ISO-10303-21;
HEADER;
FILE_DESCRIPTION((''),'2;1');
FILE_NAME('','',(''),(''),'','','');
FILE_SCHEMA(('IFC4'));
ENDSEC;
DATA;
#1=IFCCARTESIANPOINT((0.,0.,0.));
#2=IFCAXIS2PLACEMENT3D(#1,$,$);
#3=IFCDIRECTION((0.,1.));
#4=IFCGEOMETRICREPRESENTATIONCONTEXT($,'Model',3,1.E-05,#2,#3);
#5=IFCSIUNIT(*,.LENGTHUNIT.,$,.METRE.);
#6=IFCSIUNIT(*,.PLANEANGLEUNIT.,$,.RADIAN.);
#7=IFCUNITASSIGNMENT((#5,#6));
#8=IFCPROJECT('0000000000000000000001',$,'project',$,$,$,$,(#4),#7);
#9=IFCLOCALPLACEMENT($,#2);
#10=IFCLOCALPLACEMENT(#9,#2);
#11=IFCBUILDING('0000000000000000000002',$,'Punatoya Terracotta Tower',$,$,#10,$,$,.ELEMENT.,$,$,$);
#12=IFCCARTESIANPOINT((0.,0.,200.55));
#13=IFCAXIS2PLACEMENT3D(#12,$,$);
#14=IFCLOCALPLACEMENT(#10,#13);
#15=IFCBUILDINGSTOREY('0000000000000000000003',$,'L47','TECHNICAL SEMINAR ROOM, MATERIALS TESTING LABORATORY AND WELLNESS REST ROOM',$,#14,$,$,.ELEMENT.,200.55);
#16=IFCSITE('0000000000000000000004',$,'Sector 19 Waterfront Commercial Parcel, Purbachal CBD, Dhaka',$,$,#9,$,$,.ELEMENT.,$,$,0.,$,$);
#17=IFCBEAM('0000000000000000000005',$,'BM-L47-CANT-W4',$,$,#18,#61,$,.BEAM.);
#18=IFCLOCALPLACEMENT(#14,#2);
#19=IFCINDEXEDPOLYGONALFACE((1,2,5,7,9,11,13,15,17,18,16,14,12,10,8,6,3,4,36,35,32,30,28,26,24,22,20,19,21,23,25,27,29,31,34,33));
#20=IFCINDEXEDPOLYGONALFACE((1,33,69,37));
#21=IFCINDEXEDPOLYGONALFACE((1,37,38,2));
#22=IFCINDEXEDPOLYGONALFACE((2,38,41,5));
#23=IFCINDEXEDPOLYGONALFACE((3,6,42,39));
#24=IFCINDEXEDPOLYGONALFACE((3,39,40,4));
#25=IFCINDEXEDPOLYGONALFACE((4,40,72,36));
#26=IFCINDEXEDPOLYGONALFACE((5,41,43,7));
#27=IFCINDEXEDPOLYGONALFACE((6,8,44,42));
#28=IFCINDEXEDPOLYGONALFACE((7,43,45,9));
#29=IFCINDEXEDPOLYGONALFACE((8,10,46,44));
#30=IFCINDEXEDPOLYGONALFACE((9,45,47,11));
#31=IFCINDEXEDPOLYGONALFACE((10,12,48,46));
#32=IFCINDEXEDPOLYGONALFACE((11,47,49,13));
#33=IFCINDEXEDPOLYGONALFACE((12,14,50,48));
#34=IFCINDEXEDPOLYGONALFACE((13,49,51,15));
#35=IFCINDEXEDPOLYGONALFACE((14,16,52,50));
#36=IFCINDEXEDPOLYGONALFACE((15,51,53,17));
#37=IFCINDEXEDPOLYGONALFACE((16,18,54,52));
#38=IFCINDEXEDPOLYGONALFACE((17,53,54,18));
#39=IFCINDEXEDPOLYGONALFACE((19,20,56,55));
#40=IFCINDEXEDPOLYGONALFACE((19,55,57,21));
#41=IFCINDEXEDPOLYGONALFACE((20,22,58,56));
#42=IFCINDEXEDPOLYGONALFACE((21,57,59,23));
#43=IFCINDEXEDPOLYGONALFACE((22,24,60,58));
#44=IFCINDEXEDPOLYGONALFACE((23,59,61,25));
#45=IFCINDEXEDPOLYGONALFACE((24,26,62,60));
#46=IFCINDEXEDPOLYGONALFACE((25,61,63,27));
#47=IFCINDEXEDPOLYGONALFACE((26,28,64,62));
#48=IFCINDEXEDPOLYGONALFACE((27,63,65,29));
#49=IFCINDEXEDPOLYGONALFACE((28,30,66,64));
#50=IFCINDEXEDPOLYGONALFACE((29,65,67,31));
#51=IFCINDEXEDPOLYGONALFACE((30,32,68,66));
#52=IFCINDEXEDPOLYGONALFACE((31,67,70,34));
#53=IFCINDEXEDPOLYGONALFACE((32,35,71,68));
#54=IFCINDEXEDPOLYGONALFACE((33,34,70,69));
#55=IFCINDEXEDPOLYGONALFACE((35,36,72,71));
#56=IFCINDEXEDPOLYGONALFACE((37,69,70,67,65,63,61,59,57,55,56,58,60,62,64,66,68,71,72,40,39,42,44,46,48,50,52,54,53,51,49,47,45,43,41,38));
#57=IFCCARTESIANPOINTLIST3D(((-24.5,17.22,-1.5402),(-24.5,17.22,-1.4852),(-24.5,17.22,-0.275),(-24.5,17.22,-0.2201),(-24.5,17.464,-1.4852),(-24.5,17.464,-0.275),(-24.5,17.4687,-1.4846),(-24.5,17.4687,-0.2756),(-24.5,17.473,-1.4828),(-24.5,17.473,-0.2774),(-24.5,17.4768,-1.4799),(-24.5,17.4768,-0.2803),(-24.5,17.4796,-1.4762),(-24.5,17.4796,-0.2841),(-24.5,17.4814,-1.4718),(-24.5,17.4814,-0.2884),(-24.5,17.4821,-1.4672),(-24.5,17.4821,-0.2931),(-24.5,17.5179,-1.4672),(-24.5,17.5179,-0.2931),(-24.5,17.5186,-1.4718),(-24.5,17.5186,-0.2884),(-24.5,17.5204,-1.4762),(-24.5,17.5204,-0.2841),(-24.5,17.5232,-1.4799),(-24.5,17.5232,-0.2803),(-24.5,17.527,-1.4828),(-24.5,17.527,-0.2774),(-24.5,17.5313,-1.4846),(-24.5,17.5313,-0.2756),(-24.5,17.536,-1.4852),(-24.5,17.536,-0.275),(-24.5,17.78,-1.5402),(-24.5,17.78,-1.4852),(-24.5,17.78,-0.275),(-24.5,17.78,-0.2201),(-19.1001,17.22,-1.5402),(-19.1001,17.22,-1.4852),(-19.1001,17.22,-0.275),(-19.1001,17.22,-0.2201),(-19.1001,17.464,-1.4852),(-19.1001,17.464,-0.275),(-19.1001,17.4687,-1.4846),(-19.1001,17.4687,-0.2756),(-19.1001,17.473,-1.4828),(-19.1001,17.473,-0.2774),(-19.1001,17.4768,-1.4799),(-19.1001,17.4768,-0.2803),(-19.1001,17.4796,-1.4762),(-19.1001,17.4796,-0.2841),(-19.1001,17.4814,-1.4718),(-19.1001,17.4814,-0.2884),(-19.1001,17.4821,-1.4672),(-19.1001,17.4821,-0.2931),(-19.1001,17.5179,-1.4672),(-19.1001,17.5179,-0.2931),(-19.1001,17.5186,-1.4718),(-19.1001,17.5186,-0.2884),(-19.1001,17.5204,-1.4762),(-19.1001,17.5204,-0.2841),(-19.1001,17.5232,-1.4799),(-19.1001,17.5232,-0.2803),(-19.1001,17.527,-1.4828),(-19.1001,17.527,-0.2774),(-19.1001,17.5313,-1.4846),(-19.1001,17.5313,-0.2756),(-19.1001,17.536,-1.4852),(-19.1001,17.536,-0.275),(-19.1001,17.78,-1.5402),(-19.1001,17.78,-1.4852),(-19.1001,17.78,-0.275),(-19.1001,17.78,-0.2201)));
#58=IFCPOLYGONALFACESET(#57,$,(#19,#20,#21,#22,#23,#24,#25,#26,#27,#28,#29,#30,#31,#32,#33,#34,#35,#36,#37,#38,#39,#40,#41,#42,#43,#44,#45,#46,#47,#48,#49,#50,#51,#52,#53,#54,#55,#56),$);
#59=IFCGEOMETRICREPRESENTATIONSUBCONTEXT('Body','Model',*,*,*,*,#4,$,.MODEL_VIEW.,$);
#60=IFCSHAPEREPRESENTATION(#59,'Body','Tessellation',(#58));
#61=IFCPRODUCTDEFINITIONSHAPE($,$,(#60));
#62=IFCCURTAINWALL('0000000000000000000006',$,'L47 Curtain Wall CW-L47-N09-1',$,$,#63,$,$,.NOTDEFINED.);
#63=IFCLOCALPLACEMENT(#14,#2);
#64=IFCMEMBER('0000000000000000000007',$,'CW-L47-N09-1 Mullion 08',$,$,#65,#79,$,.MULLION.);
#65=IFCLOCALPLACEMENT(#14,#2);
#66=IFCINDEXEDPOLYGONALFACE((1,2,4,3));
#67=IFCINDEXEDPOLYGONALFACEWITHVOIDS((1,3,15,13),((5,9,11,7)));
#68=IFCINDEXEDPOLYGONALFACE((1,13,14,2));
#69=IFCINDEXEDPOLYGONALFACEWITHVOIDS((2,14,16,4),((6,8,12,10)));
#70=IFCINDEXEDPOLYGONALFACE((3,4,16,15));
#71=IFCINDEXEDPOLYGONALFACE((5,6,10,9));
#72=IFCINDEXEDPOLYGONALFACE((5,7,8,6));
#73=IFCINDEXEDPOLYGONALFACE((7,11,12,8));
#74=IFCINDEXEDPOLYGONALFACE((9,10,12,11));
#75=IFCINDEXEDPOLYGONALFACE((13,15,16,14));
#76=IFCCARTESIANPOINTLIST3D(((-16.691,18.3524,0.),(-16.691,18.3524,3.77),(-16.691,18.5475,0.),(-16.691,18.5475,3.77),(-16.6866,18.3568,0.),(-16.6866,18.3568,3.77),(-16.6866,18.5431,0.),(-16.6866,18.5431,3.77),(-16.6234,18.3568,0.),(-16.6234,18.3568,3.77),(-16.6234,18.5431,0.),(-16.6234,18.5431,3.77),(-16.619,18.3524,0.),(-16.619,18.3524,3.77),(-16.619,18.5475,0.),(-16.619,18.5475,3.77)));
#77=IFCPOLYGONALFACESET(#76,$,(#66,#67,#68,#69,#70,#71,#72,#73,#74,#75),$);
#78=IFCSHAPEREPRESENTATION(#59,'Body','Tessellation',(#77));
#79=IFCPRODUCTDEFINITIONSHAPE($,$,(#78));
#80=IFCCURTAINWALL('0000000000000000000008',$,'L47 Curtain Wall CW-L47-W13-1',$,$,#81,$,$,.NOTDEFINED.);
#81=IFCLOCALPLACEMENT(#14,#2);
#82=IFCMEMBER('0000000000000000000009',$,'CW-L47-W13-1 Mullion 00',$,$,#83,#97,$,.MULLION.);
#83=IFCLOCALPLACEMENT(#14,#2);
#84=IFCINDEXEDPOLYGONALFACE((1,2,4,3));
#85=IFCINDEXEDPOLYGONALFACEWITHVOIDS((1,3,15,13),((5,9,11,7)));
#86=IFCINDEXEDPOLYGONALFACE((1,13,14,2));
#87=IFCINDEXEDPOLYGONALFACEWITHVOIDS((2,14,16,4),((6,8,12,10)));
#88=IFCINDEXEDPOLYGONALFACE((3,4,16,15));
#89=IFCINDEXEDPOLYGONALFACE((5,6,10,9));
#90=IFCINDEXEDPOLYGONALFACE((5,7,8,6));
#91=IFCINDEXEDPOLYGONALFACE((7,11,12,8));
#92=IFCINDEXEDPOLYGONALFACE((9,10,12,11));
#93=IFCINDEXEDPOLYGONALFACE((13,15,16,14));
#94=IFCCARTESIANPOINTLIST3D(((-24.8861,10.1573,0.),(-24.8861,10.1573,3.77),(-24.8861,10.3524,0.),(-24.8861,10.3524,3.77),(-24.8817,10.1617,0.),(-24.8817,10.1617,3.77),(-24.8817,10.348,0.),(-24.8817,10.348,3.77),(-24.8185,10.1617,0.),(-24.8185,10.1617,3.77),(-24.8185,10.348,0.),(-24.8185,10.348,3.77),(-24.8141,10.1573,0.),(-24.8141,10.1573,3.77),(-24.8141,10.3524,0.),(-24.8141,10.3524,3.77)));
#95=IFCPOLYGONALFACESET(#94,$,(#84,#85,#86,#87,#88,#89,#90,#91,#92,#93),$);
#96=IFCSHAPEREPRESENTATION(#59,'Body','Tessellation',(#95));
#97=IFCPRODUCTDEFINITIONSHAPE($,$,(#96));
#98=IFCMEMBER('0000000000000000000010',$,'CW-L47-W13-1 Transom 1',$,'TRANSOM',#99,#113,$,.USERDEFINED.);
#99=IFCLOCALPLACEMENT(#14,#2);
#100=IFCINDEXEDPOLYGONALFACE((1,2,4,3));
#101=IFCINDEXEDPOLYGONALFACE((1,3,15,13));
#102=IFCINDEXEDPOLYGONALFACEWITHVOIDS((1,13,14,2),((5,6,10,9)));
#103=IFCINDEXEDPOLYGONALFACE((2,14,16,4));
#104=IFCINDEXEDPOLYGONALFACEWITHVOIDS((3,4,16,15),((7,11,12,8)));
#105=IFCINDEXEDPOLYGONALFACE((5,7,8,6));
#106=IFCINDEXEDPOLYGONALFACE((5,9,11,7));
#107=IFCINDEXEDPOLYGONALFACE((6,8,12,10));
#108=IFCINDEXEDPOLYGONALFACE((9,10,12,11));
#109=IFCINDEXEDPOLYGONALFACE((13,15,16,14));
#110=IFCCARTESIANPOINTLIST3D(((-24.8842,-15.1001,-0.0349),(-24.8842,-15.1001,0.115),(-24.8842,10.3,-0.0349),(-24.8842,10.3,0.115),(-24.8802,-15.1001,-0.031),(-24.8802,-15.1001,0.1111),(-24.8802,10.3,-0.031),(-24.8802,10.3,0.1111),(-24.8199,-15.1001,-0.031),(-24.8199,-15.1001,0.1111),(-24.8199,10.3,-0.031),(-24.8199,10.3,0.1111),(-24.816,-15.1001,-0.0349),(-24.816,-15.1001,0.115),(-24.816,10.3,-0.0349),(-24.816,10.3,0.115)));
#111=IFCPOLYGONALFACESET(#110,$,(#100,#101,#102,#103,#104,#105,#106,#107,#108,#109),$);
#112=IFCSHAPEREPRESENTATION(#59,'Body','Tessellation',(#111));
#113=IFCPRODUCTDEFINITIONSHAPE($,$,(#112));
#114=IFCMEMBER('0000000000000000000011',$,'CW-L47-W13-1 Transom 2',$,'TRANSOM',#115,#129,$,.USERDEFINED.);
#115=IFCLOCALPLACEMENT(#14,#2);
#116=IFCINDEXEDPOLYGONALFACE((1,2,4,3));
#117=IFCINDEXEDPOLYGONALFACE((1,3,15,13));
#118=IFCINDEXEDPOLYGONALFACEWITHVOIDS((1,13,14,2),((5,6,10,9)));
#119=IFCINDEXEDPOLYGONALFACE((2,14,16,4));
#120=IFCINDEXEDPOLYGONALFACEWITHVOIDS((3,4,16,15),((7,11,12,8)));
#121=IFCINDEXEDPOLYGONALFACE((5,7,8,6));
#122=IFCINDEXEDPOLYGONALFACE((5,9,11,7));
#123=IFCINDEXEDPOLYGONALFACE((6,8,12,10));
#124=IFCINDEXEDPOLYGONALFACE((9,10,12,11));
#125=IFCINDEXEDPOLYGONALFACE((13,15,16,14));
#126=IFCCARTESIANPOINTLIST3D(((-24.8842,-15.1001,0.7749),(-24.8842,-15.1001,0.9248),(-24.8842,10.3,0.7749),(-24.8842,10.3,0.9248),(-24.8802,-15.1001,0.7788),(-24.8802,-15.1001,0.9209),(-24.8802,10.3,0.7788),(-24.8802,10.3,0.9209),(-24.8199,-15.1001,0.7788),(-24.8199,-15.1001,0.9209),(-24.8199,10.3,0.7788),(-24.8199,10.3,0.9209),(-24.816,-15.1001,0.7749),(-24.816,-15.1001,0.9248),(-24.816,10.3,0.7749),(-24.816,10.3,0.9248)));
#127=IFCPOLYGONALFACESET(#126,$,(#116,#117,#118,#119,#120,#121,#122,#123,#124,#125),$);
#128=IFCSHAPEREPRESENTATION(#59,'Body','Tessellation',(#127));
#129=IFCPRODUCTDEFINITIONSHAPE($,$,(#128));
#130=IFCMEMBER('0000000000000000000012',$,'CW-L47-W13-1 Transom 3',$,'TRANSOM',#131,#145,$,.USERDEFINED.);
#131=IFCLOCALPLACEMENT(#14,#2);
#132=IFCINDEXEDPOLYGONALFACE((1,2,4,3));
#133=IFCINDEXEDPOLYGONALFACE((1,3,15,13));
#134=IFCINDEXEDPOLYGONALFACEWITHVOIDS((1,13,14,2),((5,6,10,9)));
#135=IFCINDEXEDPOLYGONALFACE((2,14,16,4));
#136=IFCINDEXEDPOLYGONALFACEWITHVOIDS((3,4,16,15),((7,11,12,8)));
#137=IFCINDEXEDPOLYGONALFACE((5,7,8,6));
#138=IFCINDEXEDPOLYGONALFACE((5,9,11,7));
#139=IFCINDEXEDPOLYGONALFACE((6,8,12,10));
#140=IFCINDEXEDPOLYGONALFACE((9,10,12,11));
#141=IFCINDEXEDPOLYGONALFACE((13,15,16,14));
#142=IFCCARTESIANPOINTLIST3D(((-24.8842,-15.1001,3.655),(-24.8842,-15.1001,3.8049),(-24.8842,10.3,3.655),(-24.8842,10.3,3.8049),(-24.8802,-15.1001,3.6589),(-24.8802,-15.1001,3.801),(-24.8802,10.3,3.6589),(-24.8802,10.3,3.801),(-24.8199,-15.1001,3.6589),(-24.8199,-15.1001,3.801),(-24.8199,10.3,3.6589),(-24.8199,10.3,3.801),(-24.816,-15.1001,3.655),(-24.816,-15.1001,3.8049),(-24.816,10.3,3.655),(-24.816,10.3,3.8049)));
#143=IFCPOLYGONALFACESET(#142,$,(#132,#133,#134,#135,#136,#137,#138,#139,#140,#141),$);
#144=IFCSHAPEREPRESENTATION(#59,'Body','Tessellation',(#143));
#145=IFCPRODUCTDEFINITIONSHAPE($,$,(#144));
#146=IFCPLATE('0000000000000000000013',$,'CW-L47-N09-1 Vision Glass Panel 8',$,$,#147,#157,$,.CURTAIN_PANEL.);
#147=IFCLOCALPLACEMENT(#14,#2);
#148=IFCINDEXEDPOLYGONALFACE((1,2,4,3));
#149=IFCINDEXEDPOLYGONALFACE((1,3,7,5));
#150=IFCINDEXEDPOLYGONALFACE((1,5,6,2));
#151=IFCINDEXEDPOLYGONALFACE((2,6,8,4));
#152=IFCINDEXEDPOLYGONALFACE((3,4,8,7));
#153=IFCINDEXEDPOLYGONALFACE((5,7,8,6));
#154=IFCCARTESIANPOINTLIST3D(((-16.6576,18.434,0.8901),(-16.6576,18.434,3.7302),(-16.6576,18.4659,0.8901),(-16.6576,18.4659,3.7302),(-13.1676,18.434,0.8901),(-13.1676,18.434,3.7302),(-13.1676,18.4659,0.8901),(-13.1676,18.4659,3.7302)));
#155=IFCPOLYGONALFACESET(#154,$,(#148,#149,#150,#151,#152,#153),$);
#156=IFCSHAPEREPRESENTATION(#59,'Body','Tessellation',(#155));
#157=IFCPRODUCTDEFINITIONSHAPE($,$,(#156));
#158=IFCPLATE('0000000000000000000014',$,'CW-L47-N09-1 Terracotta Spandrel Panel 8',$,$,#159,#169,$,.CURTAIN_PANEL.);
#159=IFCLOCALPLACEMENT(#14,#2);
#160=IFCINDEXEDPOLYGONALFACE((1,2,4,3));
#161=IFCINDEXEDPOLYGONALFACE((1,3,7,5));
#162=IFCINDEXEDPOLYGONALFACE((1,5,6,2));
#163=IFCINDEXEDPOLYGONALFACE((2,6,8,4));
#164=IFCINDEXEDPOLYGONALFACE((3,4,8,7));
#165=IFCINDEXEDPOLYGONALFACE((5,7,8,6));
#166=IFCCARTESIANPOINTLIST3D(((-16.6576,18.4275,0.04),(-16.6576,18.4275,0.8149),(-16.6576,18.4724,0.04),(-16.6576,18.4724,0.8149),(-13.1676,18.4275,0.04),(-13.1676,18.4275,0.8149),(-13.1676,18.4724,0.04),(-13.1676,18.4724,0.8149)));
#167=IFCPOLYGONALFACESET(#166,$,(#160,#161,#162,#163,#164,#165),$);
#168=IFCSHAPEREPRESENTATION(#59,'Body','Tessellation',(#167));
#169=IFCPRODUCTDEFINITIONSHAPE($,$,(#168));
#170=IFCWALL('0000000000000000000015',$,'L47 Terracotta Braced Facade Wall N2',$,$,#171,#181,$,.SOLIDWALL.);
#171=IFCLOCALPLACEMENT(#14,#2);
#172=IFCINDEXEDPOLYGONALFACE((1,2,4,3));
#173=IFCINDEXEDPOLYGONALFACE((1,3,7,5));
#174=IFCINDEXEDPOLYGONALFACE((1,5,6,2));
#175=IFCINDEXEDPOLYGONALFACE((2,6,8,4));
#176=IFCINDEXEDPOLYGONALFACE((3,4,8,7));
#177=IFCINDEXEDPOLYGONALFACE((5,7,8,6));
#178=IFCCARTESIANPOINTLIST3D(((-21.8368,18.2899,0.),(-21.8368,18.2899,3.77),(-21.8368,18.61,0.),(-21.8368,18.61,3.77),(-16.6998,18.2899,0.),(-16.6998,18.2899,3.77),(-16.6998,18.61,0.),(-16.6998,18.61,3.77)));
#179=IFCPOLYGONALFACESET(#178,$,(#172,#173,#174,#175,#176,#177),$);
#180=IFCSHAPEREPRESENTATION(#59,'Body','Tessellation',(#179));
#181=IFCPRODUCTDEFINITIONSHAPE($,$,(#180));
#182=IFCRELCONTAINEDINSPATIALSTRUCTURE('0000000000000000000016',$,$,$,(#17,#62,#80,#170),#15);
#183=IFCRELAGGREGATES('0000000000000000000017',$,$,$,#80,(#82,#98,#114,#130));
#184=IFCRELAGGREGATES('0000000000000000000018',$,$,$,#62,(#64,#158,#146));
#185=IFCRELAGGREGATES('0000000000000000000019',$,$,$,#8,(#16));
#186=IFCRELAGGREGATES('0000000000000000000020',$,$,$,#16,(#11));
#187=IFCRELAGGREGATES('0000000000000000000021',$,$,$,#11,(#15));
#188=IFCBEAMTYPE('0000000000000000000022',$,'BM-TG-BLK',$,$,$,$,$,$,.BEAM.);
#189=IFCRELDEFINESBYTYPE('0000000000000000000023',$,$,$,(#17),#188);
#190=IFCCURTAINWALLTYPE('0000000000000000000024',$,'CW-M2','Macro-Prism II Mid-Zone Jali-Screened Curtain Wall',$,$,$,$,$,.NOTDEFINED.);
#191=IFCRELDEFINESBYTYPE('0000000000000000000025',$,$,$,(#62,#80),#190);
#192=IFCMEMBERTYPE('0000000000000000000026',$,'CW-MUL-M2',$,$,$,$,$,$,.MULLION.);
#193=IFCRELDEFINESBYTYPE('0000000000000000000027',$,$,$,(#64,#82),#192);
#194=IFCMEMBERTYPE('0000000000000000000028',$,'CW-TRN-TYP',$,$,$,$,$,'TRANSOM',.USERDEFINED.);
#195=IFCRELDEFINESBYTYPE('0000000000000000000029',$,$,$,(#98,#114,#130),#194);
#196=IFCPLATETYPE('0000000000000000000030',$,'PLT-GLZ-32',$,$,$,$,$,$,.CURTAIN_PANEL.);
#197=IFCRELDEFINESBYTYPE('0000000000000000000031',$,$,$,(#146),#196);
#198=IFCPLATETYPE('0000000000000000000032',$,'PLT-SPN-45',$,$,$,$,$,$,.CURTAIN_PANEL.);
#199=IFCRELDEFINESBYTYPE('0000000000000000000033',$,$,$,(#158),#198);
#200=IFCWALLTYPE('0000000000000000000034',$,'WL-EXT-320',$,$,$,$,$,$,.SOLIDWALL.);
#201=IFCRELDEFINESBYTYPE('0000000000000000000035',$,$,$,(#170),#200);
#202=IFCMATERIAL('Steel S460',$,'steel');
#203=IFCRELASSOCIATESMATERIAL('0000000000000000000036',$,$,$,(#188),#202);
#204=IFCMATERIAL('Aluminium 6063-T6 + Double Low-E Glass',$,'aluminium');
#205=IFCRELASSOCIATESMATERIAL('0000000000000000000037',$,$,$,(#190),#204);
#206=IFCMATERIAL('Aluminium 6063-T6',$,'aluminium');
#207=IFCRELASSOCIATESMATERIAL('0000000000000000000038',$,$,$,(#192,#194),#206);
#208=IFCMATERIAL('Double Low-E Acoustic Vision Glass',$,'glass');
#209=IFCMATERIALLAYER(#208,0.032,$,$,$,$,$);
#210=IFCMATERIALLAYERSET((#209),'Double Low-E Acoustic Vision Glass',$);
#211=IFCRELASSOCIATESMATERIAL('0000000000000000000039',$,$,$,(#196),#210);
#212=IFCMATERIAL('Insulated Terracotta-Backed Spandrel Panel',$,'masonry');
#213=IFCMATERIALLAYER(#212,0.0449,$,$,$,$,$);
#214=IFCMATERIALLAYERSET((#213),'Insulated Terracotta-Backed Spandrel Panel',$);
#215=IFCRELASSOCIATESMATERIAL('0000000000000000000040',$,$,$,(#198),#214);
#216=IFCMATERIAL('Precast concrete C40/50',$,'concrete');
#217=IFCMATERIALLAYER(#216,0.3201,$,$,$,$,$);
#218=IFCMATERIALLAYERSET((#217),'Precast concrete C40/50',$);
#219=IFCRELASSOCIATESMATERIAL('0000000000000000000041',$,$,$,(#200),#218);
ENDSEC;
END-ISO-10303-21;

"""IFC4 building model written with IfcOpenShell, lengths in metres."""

from ifc_helpers import new_model, si_unit, direction, frame, frame_2d, origin, origin_2d, place, context, subcontext, project, spatial, rectangle, hollow_rectangle, i_section, extrude, material, layer, layer_set, material_profile, profile_set, type_object, element, aggregate, save


model = new_model("IFC4")

# Units and contexts
model_context = context("Model", 3, precision=1e-05, world=origin(), true_north=direction((0.0, 1.0)))
body_context = subcontext(model_context, "Body", "Model", "MODEL_VIEW")
ifc_project = project(units=[si_unit("LENGTHUNIT", "METRE"), si_unit("PLANEANGLEUNIT", "RADIAN")], contexts=[model_context])

# Site, building, storey
site_placement = place(None, origin())
site = spatial("IfcSite", under=ifc_project, at=site_placement, Name="Sector 19 Waterfront Commercial Parcel, Purbachal CBD, Dhaka", CompositionType="ELEMENT", RefElevation=0.0)
building_placement = place(site_placement, origin())
building = spatial("IfcBuilding", under=site, at=building_placement, Name="Punatoya Terracotta Tower", CompositionType="ELEMENT")
storey_placement = place(building_placement, frame((0.0, 0.0, 200.55)))
storey = spatial("IfcBuildingStorey", under=building, at=storey_placement, Name="L47", Description="TECHNICAL SEMINAR ROOM, MATERIALS TESTING LABORATORY AND WELLNESS REST ROOM", CompositionType="ELEMENT", Elevation=200.55)

# Shared definitions
ifc_material_1 = material(Name="Steel S460", Category="steel")

# Beam
ifc_material_profile_1 = material_profile(ifc_material_1, i_section(OverallWidth=0.5601, OverallDepth=1.3201, WebThickness=0.0359, FlangeThickness=0.0549, FilletRadius=0.0181, at=origin_2d()))
ifc_profile_set_1 = profile_set([ifc_material_profile_1], Name="Steel S460")
beam_type_1 = type_object("IfcBeamType", Name="BM-TG-BLK", PredefinedType="BEAM", material=ifc_profile_set_1)
beam_1_placement = place(storey_placement, frame((-24.5, 17.5, -0.8801), z_axis=(1.0, 0.0, 0.0), x_axis=(0.0, 1.0, 0.0)))
element("IfcBeam", 1, at=beam_1_placement, inside=storey, type_object=beam_type_1, Name="BM-L47-CANT-W4", PredefinedType="BEAM", context=body_context, shape_type="SweptSolid", body=[
    extrude(i_section(OverallWidth=0.5601, OverallDepth=1.3201, WebThickness=0.0359, FlangeThickness=0.0549, FilletRadius=0.0181, at=origin_2d()), origin(), (0.0, 0.0, 1.0), 5.3999),
])

# Curtain wall, member
ifc_material_2 = material(Name="Aluminium 6063-T6 + Double Low-E Glass", Category="aluminium")
curtain_wall_type = type_object("IfcCurtainWallType", Name="CW-M2", Description="Macro-Prism II Mid-Zone Jali-Screened Curtain Wall", PredefinedType="NOTDEFINED", material=ifc_material_2)
curtain_wall_1_placement = place(storey_placement, origin())
curtain_wall_1 = element("IfcCurtainWall", 2, at=curtain_wall_1_placement, inside=storey, type_object=curtain_wall_type, Name="L47 Curtain Wall CW-L47-N09-1", PredefinedType="NOTDEFINED")
ifc_material_3 = material(Name="Aluminium 6063-T6", Category="aluminium")
ifc_material_profile_2 = material_profile(ifc_material_3, hollow_rectangle(XDim=0.072, YDim=0.1951, WallThickness=0.0044, at=origin_2d()))
ifc_profile_set_2 = profile_set([ifc_material_profile_2], Name="Aluminium 6063-T6")
member_type_1 = type_object("IfcMemberType", Name="CW-MUL-M2", PredefinedType="MULLION", material=ifc_profile_set_2)
member_1_placement = place(storey_placement, frame((-16.655, 18.45, 0.0), z_axis=(0.0, 0.0, 1.0), x_axis=(1.0, 0.0, 0.0)))
member_1 = element("IfcMember", 3, at=member_1_placement, type_object=member_type_1, Name="CW-L47-N09-1 Mullion 08", PredefinedType="MULLION", context=body_context, shape_type="SweptSolid", body=[
    extrude(hollow_rectangle(XDim=0.072, YDim=0.1951, WallThickness=0.0044, at=origin_2d()), origin(), (0.0, 0.0, 1.0), 3.77),
])

# Curtain wall, members
curtain_wall_2_placement = place(storey_placement, origin())
curtain_wall_2 = element("IfcCurtainWall", 4, at=curtain_wall_2_placement, inside=storey, type_object=curtain_wall_type, Name="L47 Curtain Wall CW-L47-W13-1", PredefinedType="NOTDEFINED")
member_2_placement = place(storey_placement, frame((-24.8501, 10.2549, 0.0), z_axis=(0.0, 0.0, 1.0), x_axis=(1.0, 0.0, 0.0)))
member_2 = element("IfcMember", 5, at=member_2_placement, type_object=member_type_1, Name="CW-L47-W13-1 Mullion 00", PredefinedType="MULLION", context=body_context, shape_type="SweptSolid", body=[
    extrude(hollow_rectangle(XDim=0.072, YDim=0.1951, WallThickness=0.0044, at=origin_2d()), origin(), (0.0, 0.0, 1.0), 3.77),
])
ifc_material_profile_3 = material_profile(ifc_material_3, hollow_rectangle(XDim=0.0681, YDim=0.1499, WallThickness=0.0039, at=origin_2d()))
ifc_profile_set_3 = profile_set([ifc_material_profile_3], Name="Aluminium 6063-T6")
member_type_2 = type_object("IfcMemberType", Name="CW-TRN-TYP", ElementType="TRANSOM", PredefinedType="USERDEFINED", material=ifc_profile_set_3)
member_3_placement = place(storey_placement, frame((-24.8501, 10.3, 0.04), z_axis=(0.0, -1.0, 0.0), x_axis=(1.0, 0.0, 0.0)))
member_3 = element("IfcMember", 6, at=member_3_placement, type_object=member_type_2, Name="CW-L47-W13-1 Transom 1", ObjectType="TRANSOM", PredefinedType="USERDEFINED", context=body_context, shape_type="SweptSolid", body=[
    extrude(hollow_rectangle(XDim=0.0681, YDim=0.1499, WallThickness=0.0039, at=origin_2d()), origin(), (0.0, 0.0, 1.0), 25.4001),
])
member_4_placement = place(storey_placement, frame((-24.8501, 10.3, 0.8499), z_axis=(0.0, -1.0, 0.0), x_axis=(1.0, 0.0, 0.0)))
member_4 = element("IfcMember", 7, at=member_4_placement, type_object=member_type_2, Name="CW-L47-W13-1 Transom 2", ObjectType="TRANSOM", PredefinedType="USERDEFINED", context=body_context, shape_type="SweptSolid", body=[
    extrude(hollow_rectangle(XDim=0.0681, YDim=0.1499, WallThickness=0.0039, at=origin_2d()), origin(), (0.0, 0.0, 1.0), 25.4001),
])
member_5_placement = place(storey_placement, frame((-24.8501, 10.3, 3.73), z_axis=(0.0, -1.0, 0.0), x_axis=(1.0, 0.0, 0.0)))
member_5 = element("IfcMember", 8, at=member_5_placement, type_object=member_type_2, Name="CW-L47-W13-1 Transom 3", ObjectType="TRANSOM", PredefinedType="USERDEFINED", context=body_context, shape_type="SweptSolid", body=[
    extrude(hollow_rectangle(XDim=0.0681, YDim=0.1499, WallThickness=0.0039, at=origin_2d()), origin(), (0.0, 0.0, 1.0), 25.4001),
])
aggregate(curtain_wall_2, [member_2, member_3, member_4, member_5])

# Plates
ifc_material_4 = material(Name="Double Low-E Acoustic Vision Glass", Category="glass")
ifc_layer_1 = layer(ifc_material_4, 0.032)
ifc_layer_set_1 = layer_set([ifc_layer_1], Name="Double Low-E Acoustic Vision Glass")
plate_type_1 = type_object("IfcPlateType", Name="PLT-GLZ-32", PredefinedType="CURTAIN_PANEL", material=ifc_layer_set_1)
plate_1_placement = place(storey_placement, frame((-14.9126, 18.45, 0.8901), z_axis=(0.0, 0.0, 1.0), x_axis=(-1.0, 0.0, 0.0)))
plate_1 = element("IfcPlate", 9, at=plate_1_placement, type_object=plate_type_1, Name="CW-L47-N09-1 Vision Glass Panel 8", PredefinedType="CURTAIN_PANEL", context=body_context, shape_type="SweptSolid", body=[
    extrude(rectangle(XDim=3.49, YDim=0.032, at=origin_2d()), origin(), (0.0, 0.0, 1.0), 2.8401),
])
ifc_material_5 = material(Name="Insulated Terracotta-Backed Spandrel Panel", Category="masonry")
ifc_layer_2 = layer(ifc_material_5, 0.0449)
ifc_layer_set_2 = layer_set([ifc_layer_2], Name="Insulated Terracotta-Backed Spandrel Panel")
plate_type_2 = type_object("IfcPlateType", Name="PLT-SPN-45", PredefinedType="CURTAIN_PANEL", material=ifc_layer_set_2)
plate_2_placement = place(storey_placement, frame((-14.9126, 18.45, 0.04), z_axis=(0.0, 0.0, 1.0), x_axis=(-1.0, 0.0, 0.0)))
plate_2 = element("IfcPlate", 10, at=plate_2_placement, type_object=plate_type_2, Name="CW-L47-N09-1 Terracotta Spandrel Panel 8", PredefinedType="CURTAIN_PANEL", context=body_context, shape_type="SweptSolid", body=[
    extrude(rectangle(XDim=3.49, YDim=0.0449, at=origin_2d()), origin(), (0.0, 0.0, 1.0), 0.7749),
])
aggregate(curtain_wall_1, [member_1, plate_2, plate_1])

# Wall
ifc_material_6 = material(Name="Precast concrete C40/50", Category="concrete")
ifc_layer_3 = layer(ifc_material_6, 0.3201)
ifc_layer_set_3 = layer_set([ifc_layer_3], Name="Precast concrete C40/50")
wall_type = type_object("IfcWallType", Name="WL-EXT-320", PredefinedType="SOLIDWALL", material=ifc_layer_set_3)
wall_1_placement = place(storey_placement, frame((-16.7, 18.45, 0.0), z_axis=(0.0, 0.0, 1.0), x_axis=(-1.0, 0.0, 0.0)))
element("IfcWall", 11, at=wall_1_placement, inside=storey, type_object=wall_type, Name="L47 Terracotta Braced Facade Wall N2", PredefinedType="SOLIDWALL", context=body_context, shape_type="SweptSolid", body=[
    extrude(rectangle(XDim=5.137, YDim=0.3201, at=frame_2d((2.5684, 0.0))), origin(), (0.0, 0.0, 1.0), 3.77),
])

save(model, "model.ifc")
